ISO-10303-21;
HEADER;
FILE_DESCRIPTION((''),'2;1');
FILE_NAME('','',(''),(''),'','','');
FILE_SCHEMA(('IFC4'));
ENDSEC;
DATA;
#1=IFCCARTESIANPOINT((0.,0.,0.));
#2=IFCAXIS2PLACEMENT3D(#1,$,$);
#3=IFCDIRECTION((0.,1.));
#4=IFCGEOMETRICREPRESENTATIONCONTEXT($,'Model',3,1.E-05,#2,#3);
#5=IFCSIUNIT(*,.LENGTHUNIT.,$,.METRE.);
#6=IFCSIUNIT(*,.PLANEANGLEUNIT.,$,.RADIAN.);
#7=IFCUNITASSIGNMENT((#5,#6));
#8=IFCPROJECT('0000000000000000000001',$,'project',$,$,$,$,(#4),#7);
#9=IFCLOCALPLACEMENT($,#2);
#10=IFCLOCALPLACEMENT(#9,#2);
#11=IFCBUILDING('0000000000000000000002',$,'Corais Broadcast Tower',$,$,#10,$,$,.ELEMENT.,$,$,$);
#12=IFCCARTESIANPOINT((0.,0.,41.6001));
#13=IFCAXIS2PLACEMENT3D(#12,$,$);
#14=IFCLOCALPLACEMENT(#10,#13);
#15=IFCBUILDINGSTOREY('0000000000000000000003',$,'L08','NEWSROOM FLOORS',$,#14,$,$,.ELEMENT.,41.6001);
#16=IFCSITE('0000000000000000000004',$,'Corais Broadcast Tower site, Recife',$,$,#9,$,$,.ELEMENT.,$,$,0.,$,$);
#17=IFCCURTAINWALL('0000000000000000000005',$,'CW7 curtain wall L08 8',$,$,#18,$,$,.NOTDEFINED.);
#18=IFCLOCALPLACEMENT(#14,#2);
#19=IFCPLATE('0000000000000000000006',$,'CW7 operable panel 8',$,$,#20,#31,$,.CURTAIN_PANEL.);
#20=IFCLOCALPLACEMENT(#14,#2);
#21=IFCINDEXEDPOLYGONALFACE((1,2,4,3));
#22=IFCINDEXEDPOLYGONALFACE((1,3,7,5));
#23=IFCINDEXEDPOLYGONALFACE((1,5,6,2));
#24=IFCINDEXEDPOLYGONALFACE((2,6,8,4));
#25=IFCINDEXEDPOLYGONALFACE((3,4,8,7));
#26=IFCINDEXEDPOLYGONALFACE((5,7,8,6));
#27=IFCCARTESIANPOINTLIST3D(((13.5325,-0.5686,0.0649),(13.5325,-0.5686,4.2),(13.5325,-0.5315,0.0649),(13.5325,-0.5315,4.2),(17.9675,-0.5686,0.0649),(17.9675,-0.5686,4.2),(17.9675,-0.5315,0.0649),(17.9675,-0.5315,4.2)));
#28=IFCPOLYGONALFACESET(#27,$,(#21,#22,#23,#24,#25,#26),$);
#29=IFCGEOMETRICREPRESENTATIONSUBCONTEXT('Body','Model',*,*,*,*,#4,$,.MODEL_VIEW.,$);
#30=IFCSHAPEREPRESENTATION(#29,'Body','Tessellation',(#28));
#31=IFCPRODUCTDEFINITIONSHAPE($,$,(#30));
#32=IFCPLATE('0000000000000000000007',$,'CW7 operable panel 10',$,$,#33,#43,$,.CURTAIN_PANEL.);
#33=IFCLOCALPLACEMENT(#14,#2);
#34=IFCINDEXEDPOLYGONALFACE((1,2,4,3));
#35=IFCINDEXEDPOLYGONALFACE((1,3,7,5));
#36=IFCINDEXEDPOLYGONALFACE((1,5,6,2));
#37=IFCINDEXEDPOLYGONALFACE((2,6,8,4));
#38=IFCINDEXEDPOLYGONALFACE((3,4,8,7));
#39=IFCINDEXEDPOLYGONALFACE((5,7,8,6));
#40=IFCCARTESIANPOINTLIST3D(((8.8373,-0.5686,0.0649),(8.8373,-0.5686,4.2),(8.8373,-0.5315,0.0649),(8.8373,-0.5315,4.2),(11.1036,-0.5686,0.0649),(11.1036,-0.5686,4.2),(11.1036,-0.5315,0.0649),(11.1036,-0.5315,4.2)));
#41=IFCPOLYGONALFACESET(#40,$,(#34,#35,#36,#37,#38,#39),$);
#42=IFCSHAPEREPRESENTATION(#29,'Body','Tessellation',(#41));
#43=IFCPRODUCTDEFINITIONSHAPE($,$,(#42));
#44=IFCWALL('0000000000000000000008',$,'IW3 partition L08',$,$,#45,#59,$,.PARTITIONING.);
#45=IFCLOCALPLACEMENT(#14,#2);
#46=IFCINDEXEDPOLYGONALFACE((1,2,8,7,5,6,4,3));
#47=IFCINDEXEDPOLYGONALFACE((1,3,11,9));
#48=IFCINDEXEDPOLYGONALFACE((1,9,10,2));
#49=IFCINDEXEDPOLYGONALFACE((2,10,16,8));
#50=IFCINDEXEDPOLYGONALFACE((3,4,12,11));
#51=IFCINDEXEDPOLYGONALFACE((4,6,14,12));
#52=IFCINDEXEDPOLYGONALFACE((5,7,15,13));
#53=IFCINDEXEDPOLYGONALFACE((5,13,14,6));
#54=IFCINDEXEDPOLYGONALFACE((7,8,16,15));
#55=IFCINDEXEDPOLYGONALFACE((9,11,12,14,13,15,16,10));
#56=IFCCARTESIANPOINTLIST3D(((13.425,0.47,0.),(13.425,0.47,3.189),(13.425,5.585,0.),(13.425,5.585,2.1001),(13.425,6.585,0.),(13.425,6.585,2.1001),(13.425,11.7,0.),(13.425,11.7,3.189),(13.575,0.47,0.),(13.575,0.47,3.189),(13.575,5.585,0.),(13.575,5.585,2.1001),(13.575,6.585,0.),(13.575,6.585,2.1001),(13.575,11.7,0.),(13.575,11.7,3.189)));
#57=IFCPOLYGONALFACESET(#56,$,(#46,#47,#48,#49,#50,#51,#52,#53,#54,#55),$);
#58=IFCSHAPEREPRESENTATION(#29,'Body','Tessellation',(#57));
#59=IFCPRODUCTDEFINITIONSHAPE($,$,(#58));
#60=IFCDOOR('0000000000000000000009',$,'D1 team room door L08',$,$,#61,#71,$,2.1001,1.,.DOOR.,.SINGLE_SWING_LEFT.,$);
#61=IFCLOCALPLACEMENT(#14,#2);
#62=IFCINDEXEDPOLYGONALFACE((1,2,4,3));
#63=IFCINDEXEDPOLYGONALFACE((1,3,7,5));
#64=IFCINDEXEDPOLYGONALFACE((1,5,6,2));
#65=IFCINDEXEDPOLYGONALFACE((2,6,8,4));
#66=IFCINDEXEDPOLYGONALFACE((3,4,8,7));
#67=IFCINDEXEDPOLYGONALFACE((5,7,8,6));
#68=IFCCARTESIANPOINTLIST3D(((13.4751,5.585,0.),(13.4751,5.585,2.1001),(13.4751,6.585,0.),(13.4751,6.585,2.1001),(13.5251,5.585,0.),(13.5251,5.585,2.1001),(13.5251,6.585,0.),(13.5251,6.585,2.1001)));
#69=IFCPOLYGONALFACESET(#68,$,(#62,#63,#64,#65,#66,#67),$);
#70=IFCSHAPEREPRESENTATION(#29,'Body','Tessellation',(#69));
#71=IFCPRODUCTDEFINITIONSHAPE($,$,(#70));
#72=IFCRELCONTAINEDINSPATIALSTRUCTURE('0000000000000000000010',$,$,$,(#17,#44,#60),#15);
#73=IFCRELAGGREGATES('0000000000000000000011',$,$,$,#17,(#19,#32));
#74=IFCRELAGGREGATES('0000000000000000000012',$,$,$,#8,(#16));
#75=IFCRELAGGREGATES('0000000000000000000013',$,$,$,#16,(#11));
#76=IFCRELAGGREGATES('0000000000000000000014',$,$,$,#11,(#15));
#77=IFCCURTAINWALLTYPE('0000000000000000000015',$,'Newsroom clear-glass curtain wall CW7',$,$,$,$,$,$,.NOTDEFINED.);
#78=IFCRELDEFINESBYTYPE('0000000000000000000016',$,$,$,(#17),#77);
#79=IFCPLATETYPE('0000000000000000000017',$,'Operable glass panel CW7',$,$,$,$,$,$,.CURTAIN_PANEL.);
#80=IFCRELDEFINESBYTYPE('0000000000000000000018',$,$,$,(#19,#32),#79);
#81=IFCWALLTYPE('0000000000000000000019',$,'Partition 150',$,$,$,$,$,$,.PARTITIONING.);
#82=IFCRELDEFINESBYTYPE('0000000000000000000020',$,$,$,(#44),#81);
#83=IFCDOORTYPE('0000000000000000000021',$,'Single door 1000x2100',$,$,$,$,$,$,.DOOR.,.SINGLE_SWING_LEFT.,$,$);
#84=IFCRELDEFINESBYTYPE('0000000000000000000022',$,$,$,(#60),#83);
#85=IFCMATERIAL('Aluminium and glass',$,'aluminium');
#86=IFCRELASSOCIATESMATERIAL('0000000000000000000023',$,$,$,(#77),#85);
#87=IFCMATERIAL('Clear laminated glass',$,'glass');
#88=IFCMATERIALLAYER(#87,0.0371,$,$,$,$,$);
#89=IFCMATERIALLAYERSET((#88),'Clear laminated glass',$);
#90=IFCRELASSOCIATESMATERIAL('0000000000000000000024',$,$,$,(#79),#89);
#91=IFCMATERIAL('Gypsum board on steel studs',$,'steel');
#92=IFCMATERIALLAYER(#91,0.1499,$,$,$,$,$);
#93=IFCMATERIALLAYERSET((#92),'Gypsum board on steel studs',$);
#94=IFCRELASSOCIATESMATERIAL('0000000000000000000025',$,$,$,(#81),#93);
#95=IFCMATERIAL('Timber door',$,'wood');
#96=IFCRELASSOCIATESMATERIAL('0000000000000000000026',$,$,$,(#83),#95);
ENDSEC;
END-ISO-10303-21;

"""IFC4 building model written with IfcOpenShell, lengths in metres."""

from ifc_helpers import new_model, si_unit, direction, frame, frame_2d, origin, origin_2d, place, context, subcontext, project, spatial, rectangle, extrude, material, layer, layer_set, type_object, element, fill, aggregate, save


model = new_model("IFC4")

# Units and contexts
model_context = context("Model", 3, precision=1e-05, world=origin(), true_north=direction((0.0, 1.0)))
body_context = subcontext(model_context, "Body", "Model", "MODEL_VIEW")
ifc_project = project(units=[si_unit("LENGTHUNIT", "METRE"), si_unit("PLANEANGLEUNIT", "RADIAN")], contexts=[model_context])

# Site, building, storey
site_placement = place(None, origin())
site = spatial("IfcSite", under=ifc_project, at=site_placement, Name="Corais Broadcast Tower site, Recife", CompositionType="ELEMENT", RefElevation=0.0)
building_placement = place(site_placement, origin())
building = spatial("IfcBuilding", under=site, at=building_placement, Name="Corais Broadcast Tower", CompositionType="ELEMENT")
storey_placement = place(building_placement, frame((0.0, 0.0, 41.6001)))
storey = spatial("IfcBuildingStorey", under=building, at=storey_placement, Name="L08", Description="NEWSROOM FLOORS", CompositionType="ELEMENT", Elevation=41.6001)

# Curtain wall
ifc_material_1 = material(Name="Aluminium and glass", Category="aluminium")
curtain_wall_type = type_object("IfcCurtainWallType", Name="Newsroom clear-glass curtain wall CW7", PredefinedType="NOTDEFINED", material=ifc_material_1)
curtain_wall_placement = place(storey_placement, origin())
curtain_wall = element("IfcCurtainWall", 1, at=curtain_wall_placement, inside=storey, type_object=curtain_wall_type, Name="CW7 curtain wall L08 8", PredefinedType="NOTDEFINED")

# Plates
ifc_material_2 = material(Name="Clear laminated glass", Category="glass")
ifc_layer_1 = layer(ifc_material_2, 0.0371)
ifc_layer_set_1 = layer_set([ifc_layer_1], Name="Clear laminated glass")
plate_type_1 = type_object("IfcPlateType", Name="Operable glass panel CW7", PredefinedType="CURTAIN_PANEL", material=ifc_layer_set_1)
plate_1_placement = place(storey_placement, frame((15.75, -0.55, 0.0649), z_axis=(0.0, 0.0, 1.0), x_axis=(-1.0, 0.0, 0.0)))
plate_1 = element("IfcPlate", 2, at=plate_1_placement, type_object=plate_type_1, Name="CW7 operable panel 8", PredefinedType="CURTAIN_PANEL", context=body_context, shape_type="SweptSolid", body=[
    extrude(rectangle(XDim=4.4351, YDim=0.0371, at=origin_2d()), origin(), (0.0, 0.0, 1.0), 4.135),
])
plate_2_placement = place(storey_placement, frame((9.9705, -0.55, 0.0649), z_axis=(0.0, 0.0, 1.0), x_axis=(-1.0, 0.0, 0.0)))
plate_2 = element("IfcPlate", 3, at=plate_2_placement, type_object=plate_type_1, Name="CW7 operable panel 10", PredefinedType="CURTAIN_PANEL", context=body_context, shape_type="SweptSolid", body=[
    extrude(rectangle(XDim=2.2664, YDim=0.0371, at=origin_2d()), origin(), (0.0, 0.0, 1.0), 4.135),
])
aggregate(curtain_wall, [plate_1, plate_2])

# Wall, opening, door
ifc_material_3 = material(Name="Gypsum board on steel studs", Category="steel")
ifc_layer_2 = layer(ifc_material_3, 0.1499)
ifc_layer_set_2 = layer_set([ifc_layer_2], Name="Gypsum board on steel studs")
wall_type = type_object("IfcWallType", Name="Partition 150", PredefinedType="PARTITIONING", material=ifc_layer_set_2)
wall_placement = place(storey_placement, frame((13.5, 0.47, 0.0), z_axis=(0.0, 0.0, 1.0), x_axis=(0.0, 1.0, 0.0)))
wall = element("IfcWall", 4, at=wall_placement, inside=storey, type_object=wall_type, Name="IW3 partition L08", PredefinedType="PARTITIONING", context=body_context, shape_type="SweptSolid", body=[
    extrude(rectangle(XDim=11.23, YDim=0.1499, at=frame_2d((5.615, 0.0))), origin(), (0.0, 0.0, 1.0), 3.189),
])
opening_placement = place(wall_placement, frame((5.115, 0.0, 0.0)))
opening = element("IfcOpeningElement", 5, at=opening_placement, cuts=wall, PredefinedType="OPENING", context=body_context, shape_type="SweptSolid", body=[
    extrude(rectangle(XDim=1.0, YDim=2.1001, at=frame_2d((0.5, 1.05))), frame((0.0, 0.085, 0.0), z_axis=(0.0, -1.0, 0.0), x_axis=(1.0, 0.0, 0.0)), (0.0, 0.0, 1.0), 0.1699),
])
ifc_material_4 = material(Name="Timber door", Category="wood")
door_type = type_object("IfcDoorType", Name="Single door 1000x2100", OperationType="SINGLE_SWING_LEFT", PredefinedType="DOOR", material=ifc_material_4)
door_placement = place(opening_placement, origin())
door = element("IfcDoor", 6, at=door_placement, inside=storey, type_object=door_type, Name="D1 team room door L08", OperationType="SINGLE_SWING_LEFT", OverallHeight=2.1001, OverallWidth=1.0, PredefinedType="DOOR", context=body_context, shape_type="SweptSolid", body=[
    extrude(rectangle(XDim=1.0, YDim=2.1001, at=frame_2d((0.5, 1.05))), frame((0.0, 0.0249, 0.0), z_axis=(0.0, -1.0, 0.0), x_axis=(1.0, 0.0, 0.0)), (0.0, 0.0, 1.0), 0.05),
])
fill(opening, door)

save(model, "model.ifc")
